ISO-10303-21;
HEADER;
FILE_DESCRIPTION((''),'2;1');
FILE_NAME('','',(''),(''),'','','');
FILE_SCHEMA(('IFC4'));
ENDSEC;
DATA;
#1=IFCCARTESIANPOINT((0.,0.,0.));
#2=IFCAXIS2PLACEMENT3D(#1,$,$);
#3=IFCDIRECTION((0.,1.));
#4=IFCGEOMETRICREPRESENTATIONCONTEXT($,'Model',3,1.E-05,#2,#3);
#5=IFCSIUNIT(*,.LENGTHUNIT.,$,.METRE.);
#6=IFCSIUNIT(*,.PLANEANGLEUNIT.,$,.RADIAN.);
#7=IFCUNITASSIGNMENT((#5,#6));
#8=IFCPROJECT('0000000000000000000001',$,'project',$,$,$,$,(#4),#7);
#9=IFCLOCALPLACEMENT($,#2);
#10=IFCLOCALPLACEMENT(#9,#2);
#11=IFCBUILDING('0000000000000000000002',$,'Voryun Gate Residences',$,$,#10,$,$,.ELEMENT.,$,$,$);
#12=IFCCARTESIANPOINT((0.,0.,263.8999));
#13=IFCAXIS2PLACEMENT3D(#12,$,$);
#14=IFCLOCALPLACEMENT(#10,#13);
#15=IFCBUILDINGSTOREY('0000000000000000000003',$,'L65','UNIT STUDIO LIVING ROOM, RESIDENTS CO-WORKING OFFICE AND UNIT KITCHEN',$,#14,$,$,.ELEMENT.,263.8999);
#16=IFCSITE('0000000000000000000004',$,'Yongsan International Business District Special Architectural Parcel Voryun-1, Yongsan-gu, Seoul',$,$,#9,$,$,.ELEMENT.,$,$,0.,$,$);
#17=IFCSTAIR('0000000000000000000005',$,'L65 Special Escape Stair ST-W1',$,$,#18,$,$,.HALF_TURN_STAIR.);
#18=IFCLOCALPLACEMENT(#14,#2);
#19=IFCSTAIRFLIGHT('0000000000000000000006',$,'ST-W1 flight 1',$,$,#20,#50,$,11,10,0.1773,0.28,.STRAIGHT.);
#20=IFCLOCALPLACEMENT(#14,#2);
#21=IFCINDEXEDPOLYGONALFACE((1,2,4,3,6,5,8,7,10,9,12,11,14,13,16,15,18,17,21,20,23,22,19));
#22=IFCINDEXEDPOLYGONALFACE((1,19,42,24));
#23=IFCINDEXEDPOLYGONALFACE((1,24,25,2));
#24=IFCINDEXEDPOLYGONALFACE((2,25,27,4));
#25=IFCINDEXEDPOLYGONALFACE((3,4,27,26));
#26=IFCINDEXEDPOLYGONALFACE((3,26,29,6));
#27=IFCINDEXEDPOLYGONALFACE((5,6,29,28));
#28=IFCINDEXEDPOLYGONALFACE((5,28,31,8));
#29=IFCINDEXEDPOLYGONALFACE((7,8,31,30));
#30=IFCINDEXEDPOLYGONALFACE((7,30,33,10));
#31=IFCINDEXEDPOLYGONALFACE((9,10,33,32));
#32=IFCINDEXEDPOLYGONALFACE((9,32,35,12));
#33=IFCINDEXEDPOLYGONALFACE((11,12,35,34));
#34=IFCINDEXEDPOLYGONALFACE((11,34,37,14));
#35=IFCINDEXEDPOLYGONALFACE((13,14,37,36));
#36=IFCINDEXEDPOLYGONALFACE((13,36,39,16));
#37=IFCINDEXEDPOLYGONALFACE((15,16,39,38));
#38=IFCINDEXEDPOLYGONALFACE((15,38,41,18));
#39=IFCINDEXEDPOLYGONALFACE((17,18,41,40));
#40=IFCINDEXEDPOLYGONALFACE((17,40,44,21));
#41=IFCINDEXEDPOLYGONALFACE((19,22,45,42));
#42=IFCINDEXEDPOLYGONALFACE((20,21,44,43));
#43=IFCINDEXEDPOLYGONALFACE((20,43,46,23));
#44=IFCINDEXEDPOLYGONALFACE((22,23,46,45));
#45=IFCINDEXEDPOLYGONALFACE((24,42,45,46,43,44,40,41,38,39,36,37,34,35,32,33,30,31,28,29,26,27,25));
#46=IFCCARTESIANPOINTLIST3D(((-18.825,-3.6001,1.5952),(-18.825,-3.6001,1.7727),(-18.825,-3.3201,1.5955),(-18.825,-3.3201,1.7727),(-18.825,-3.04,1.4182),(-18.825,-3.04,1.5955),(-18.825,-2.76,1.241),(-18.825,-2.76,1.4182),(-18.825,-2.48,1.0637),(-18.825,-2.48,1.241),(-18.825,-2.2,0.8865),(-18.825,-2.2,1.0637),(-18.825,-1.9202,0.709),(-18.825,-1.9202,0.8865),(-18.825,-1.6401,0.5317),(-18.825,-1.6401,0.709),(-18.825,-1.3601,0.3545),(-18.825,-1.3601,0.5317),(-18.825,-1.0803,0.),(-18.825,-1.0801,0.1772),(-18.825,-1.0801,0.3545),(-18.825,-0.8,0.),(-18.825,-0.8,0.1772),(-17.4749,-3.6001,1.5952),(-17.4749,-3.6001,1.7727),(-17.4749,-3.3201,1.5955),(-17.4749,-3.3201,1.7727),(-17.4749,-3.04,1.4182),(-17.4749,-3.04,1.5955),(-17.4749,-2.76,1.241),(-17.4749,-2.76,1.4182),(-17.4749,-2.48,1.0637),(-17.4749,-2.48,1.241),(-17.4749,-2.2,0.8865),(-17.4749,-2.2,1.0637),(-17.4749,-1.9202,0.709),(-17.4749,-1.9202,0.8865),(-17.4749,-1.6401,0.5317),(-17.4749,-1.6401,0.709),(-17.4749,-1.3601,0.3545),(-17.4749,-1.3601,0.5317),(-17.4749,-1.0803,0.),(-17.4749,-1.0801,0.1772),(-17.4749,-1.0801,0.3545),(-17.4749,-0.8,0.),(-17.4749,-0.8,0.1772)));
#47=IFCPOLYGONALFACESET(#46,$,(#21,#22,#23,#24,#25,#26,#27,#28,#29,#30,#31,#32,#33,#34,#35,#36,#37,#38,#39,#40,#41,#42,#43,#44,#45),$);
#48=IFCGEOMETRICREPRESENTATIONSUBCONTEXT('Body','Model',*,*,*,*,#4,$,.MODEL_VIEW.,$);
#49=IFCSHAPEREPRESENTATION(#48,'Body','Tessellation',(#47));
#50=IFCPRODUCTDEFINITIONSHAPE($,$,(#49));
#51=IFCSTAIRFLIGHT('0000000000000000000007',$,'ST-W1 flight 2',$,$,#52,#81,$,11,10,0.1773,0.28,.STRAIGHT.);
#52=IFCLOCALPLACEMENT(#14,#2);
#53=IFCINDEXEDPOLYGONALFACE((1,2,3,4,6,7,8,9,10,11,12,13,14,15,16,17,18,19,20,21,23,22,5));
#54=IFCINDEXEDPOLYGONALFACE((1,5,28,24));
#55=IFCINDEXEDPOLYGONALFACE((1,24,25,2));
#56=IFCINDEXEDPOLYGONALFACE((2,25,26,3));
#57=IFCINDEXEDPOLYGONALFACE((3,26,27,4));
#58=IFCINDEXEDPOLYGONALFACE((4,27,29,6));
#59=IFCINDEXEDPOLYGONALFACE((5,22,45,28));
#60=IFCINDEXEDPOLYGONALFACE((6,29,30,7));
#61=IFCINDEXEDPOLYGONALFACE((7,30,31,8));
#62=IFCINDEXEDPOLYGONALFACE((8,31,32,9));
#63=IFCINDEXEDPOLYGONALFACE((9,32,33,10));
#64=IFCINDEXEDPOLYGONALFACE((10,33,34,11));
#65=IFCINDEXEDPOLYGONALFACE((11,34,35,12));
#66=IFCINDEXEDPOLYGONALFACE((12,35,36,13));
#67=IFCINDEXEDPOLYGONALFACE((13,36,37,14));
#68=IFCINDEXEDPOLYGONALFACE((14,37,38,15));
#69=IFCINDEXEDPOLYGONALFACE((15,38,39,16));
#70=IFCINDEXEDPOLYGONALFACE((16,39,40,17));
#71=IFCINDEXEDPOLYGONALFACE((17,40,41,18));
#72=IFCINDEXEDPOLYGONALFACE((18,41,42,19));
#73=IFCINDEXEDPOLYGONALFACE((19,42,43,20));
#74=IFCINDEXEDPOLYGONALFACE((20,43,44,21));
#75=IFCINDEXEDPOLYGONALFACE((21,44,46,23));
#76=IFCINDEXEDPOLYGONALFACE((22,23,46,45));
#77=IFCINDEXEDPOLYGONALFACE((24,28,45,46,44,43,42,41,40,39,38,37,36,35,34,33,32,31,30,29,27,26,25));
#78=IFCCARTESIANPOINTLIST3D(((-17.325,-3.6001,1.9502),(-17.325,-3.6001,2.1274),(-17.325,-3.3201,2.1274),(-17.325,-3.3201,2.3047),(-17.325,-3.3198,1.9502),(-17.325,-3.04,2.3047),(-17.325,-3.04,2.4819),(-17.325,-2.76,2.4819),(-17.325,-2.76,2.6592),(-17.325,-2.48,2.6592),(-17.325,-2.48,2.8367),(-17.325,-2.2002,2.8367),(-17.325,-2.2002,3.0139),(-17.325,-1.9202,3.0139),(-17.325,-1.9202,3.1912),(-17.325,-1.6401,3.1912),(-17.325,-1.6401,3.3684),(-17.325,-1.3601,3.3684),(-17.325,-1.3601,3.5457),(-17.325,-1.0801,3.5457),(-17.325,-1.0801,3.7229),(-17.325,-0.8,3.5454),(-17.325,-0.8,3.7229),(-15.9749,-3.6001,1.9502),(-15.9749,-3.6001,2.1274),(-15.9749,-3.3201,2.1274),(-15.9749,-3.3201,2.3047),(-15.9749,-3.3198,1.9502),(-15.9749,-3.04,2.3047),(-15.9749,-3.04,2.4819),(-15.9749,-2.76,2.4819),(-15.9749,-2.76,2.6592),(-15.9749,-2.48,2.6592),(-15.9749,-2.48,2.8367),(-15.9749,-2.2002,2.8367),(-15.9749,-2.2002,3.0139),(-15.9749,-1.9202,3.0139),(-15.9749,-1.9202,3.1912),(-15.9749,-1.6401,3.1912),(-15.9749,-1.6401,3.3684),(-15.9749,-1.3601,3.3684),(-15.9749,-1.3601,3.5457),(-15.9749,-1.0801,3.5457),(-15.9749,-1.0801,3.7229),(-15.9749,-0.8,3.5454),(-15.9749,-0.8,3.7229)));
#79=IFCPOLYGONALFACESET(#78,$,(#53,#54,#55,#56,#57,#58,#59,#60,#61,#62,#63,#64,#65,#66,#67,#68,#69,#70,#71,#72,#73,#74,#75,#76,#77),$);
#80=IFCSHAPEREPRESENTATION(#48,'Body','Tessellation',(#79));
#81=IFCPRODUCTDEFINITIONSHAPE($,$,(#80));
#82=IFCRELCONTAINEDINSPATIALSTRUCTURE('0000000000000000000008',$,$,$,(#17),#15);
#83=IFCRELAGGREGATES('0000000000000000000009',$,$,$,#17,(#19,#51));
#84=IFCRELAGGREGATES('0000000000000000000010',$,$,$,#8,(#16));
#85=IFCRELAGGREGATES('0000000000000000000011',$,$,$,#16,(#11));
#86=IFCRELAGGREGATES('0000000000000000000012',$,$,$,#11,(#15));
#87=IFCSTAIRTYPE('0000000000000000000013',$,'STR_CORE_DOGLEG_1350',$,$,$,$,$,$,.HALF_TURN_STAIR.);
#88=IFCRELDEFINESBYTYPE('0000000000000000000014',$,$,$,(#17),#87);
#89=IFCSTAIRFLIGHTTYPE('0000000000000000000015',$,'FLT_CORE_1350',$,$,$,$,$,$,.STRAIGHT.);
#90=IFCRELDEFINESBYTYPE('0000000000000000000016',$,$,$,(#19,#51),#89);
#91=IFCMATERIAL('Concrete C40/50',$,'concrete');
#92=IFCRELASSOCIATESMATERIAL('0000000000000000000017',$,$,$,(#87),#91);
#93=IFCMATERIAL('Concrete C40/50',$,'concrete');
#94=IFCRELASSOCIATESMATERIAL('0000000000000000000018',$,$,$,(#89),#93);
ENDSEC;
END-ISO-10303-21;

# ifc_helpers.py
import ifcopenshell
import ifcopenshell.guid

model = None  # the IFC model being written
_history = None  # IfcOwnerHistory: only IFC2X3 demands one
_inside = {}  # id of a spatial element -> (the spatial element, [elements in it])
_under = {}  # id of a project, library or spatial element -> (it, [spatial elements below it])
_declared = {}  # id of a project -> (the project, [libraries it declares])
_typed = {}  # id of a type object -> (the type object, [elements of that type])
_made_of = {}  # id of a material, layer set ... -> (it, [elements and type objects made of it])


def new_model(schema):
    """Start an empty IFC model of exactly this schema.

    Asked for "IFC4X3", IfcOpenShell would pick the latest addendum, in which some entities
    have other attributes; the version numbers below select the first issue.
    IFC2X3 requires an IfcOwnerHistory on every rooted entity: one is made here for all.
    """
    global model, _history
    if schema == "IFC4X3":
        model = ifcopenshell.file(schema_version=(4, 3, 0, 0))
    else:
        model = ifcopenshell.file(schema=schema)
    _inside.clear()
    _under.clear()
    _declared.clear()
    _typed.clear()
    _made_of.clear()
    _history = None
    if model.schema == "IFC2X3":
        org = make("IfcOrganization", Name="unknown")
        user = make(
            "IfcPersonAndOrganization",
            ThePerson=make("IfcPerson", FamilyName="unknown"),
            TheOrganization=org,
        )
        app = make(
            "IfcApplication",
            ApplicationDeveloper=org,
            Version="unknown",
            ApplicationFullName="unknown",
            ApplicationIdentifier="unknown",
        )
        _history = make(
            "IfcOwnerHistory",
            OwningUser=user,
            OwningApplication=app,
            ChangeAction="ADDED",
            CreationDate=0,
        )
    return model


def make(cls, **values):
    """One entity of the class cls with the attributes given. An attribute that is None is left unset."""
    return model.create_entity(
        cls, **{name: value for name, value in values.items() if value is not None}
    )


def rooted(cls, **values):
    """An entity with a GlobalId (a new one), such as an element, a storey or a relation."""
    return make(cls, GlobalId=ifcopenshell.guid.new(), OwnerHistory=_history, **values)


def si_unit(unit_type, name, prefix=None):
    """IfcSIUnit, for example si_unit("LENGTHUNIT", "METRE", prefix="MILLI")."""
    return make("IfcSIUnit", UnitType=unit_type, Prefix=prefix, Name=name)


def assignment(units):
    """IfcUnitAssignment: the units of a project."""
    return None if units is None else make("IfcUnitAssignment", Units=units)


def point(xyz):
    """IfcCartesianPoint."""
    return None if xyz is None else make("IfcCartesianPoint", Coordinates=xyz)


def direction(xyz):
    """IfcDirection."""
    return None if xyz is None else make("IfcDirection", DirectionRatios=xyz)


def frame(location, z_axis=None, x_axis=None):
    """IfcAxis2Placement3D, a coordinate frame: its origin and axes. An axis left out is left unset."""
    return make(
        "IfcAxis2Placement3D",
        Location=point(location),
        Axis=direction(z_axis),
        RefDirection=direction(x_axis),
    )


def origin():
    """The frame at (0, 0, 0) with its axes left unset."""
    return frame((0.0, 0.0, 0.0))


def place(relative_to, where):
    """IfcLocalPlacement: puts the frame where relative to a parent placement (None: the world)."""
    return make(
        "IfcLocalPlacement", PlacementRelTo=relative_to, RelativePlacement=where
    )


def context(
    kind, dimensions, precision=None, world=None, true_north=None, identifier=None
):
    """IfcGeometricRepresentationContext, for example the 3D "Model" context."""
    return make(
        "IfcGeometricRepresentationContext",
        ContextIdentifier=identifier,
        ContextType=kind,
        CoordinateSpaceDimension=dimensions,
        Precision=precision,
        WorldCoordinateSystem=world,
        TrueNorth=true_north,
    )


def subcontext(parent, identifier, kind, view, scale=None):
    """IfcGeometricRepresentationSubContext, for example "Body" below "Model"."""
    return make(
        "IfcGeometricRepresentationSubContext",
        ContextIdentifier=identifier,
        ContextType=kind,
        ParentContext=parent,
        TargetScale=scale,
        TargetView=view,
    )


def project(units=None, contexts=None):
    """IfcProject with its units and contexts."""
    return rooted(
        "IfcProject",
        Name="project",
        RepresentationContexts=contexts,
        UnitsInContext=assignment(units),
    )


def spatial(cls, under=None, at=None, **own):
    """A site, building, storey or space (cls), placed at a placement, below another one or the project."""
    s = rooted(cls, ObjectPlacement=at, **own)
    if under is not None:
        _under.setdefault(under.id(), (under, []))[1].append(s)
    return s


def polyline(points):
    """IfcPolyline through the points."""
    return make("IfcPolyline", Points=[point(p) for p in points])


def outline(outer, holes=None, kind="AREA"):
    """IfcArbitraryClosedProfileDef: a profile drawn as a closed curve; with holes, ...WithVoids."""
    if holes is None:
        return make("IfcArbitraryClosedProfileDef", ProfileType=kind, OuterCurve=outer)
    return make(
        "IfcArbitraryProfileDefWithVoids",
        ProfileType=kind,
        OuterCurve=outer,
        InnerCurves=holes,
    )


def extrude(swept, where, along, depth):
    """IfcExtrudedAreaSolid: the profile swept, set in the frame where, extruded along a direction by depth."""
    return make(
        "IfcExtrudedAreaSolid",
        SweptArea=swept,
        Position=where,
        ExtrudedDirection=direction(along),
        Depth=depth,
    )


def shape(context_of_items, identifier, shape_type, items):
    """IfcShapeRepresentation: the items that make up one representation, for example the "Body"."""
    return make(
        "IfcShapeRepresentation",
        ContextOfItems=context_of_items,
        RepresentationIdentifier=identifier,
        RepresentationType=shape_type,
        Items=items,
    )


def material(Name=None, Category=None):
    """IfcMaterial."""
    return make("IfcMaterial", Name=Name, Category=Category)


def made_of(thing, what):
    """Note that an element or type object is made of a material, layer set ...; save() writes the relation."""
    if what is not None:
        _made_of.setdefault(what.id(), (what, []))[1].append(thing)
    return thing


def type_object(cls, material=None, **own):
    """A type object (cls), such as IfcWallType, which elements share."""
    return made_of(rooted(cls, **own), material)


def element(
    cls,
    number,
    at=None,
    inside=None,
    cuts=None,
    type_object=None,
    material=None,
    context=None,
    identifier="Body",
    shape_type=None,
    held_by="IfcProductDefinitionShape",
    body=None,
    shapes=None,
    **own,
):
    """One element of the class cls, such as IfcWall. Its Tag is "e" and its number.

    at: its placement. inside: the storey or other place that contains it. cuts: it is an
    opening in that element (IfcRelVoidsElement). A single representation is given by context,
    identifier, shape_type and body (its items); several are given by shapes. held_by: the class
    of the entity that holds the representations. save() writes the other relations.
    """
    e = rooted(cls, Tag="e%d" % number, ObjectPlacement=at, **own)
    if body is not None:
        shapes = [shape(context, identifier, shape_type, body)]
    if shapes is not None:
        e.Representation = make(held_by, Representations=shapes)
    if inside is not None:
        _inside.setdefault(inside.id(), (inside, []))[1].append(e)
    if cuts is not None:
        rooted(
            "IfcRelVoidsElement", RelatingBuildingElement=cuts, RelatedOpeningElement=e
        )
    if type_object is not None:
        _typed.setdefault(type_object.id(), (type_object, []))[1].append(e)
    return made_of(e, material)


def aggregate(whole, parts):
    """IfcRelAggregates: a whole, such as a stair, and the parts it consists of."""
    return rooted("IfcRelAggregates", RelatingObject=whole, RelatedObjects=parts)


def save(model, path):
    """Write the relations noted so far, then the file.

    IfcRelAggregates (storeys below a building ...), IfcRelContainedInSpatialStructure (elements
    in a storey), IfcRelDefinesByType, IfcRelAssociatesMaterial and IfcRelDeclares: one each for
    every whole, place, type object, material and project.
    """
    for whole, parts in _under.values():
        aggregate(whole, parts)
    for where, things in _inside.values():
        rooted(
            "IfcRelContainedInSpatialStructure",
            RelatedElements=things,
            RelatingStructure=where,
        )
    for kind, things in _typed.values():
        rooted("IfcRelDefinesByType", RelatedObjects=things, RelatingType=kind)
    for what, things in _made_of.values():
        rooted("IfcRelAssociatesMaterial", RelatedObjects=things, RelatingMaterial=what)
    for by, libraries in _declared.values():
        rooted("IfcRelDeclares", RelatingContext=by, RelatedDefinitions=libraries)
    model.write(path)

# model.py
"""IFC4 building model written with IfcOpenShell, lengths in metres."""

from ifc_helpers import new_model, si_unit, direction, frame, origin, place, context, subcontext, project, spatial, polyline, outline, extrude, material, type_object, element, aggregate, save


model = new_model("IFC4")

# Units and contexts
model_context = context("Model", 3, precision=1e-05, world=origin(), true_north=direction((0.0, 1.0)))
body_context = subcontext(model_context, "Body", "Model", "MODEL_VIEW")
ifc_project = project(units=[si_unit("LENGTHUNIT", "METRE"), si_unit("PLANEANGLEUNIT", "RADIAN")], contexts=[model_context])

# Site, building, storey
site_placement = place(None, origin())
site = spatial("IfcSite", under=ifc_project, at=site_placement, Name="Yongsan International Business District Special Architectural Parcel Voryun-1, Yongsan-gu, Seoul", CompositionType="ELEMENT", RefElevation=0.0)
building_placement = place(site_placement, origin())
building = spatial("IfcBuilding", under=site, at=building_placement, Name="Voryun Gate Residences", CompositionType="ELEMENT")
storey_placement = place(building_placement, frame((0.0, 0.0, 263.8999)))
storey = spatial("IfcBuildingStorey", under=building, at=storey_placement, Name="L65", Description="UNIT STUDIO LIVING ROOM, RESIDENTS CO-WORKING OFFICE AND UNIT KITCHEN", CompositionType="ELEMENT", Elevation=263.8999)

# Stair, stair flights
ifc_material_1 = material(Name="Concrete C40/50", Category="concrete")
stair_type = type_object("IfcStairType", Name="STR_CORE_DOGLEG_1350", PredefinedType="HALF_TURN_STAIR", material=ifc_material_1)
stair_placement = place(storey_placement, origin())
stair = element("IfcStair", 1, at=stair_placement, inside=storey, type_object=stair_type, Name="L65 Special Escape Stair ST-W1", PredefinedType="HALF_TURN_STAIR")
ifc_material_2 = material(Name="Concrete C40/50", Category="concrete")
stair_flight_type = type_object("IfcStairFlightType", Name="FLT_CORE_1350", PredefinedType="STRAIGHT", material=ifc_material_2)
stair_flight_1_placement = place(storey_placement, frame((-18.1499, -0.8, 0.0), z_axis=(0.0, 0.0, 1.0), x_axis=(0.0, -1.0, 0.0)))
stair_flight_1 = element("IfcStairFlight", 2, at=stair_flight_1_placement, type_object=stair_flight_type, Name="ST-W1 flight 1", NumberOfRisers=11, NumberOfTreads=10, PredefinedType="STRAIGHT", RiserHeight=0.1773, TreadLength=0.28, context=body_context, shape_type="SweptSolid", body=[
    extrude(outline(polyline([(0.0, 0.0), (0.0, 0.1772), (0.28, 0.1772), (0.28, 0.3545), (0.5601, 0.3545), (0.5601, 0.5317), (0.8401, 0.5317), (0.8401, 0.709), (1.1201, 0.709), (1.1201, 0.8865), (1.3999, 0.8865), (1.3999, 1.0637), (1.6799, 1.0637), (1.6799, 1.241), (1.96, 1.241), (1.96, 1.4182), (2.24, 1.4182), (2.24, 1.5955), (2.52, 1.5955), (2.52, 1.7727), (2.8, 1.7727), (2.8, 1.95), (2.8, 1.5952), (0.2803, 0.0), (0.0, 0.0)])), frame((0.0, 0.675, 0.0), z_axis=(0.0, -1.0, 0.0), x_axis=(1.0, 0.0, 0.0)), (0.0, 0.0, 1.0), 1.3501),
])
stair_flight_2_placement = place(storey_placement, frame((-16.6499, -3.6001, 1.9502), z_axis=(0.0, 0.0, 1.0), x_axis=(0.0, 1.0, 0.0)))
stair_flight_2 = element("IfcStairFlight", 3, at=stair_flight_2_placement, type_object=stair_flight_type, Name="ST-W1 flight 2", NumberOfRisers=11, NumberOfTreads=10, PredefinedType="STRAIGHT", RiserHeight=0.1773, TreadLength=0.28, context=body_context, shape_type="SweptSolid", body=[
    extrude(outline(polyline([(0.0, 0.0), (0.0, 0.1772), (0.28, 0.1772), (0.28, 0.3545), (0.5601, 0.3545), (0.5601, 0.5317), (0.8401, 0.5317), (0.8401, 0.709), (1.1201, 0.709), (1.1201, 0.8865), (1.3999, 0.8865), (1.3999, 1.0637), (1.6799, 1.0637), (1.6799, 1.241), (1.96, 1.241), (1.96, 1.4182), (2.24, 1.4182), (2.24, 1.5955), (2.52, 1.5955), (2.52, 1.7727), (2.8, 1.7727), (2.8, 1.95), (2.8, 1.5952), (0.2803, 0.0), (0.0, 0.0)])), frame((0.0, 0.675, 0.0), z_axis=(0.0, -1.0, 0.0), x_axis=(1.0, 0.0, 0.0)), (0.0, 0.0, 1.0), 1.3501),
])
aggregate(stair, [stair_flight_1, stair_flight_2])

save(model, "model.ifc")
